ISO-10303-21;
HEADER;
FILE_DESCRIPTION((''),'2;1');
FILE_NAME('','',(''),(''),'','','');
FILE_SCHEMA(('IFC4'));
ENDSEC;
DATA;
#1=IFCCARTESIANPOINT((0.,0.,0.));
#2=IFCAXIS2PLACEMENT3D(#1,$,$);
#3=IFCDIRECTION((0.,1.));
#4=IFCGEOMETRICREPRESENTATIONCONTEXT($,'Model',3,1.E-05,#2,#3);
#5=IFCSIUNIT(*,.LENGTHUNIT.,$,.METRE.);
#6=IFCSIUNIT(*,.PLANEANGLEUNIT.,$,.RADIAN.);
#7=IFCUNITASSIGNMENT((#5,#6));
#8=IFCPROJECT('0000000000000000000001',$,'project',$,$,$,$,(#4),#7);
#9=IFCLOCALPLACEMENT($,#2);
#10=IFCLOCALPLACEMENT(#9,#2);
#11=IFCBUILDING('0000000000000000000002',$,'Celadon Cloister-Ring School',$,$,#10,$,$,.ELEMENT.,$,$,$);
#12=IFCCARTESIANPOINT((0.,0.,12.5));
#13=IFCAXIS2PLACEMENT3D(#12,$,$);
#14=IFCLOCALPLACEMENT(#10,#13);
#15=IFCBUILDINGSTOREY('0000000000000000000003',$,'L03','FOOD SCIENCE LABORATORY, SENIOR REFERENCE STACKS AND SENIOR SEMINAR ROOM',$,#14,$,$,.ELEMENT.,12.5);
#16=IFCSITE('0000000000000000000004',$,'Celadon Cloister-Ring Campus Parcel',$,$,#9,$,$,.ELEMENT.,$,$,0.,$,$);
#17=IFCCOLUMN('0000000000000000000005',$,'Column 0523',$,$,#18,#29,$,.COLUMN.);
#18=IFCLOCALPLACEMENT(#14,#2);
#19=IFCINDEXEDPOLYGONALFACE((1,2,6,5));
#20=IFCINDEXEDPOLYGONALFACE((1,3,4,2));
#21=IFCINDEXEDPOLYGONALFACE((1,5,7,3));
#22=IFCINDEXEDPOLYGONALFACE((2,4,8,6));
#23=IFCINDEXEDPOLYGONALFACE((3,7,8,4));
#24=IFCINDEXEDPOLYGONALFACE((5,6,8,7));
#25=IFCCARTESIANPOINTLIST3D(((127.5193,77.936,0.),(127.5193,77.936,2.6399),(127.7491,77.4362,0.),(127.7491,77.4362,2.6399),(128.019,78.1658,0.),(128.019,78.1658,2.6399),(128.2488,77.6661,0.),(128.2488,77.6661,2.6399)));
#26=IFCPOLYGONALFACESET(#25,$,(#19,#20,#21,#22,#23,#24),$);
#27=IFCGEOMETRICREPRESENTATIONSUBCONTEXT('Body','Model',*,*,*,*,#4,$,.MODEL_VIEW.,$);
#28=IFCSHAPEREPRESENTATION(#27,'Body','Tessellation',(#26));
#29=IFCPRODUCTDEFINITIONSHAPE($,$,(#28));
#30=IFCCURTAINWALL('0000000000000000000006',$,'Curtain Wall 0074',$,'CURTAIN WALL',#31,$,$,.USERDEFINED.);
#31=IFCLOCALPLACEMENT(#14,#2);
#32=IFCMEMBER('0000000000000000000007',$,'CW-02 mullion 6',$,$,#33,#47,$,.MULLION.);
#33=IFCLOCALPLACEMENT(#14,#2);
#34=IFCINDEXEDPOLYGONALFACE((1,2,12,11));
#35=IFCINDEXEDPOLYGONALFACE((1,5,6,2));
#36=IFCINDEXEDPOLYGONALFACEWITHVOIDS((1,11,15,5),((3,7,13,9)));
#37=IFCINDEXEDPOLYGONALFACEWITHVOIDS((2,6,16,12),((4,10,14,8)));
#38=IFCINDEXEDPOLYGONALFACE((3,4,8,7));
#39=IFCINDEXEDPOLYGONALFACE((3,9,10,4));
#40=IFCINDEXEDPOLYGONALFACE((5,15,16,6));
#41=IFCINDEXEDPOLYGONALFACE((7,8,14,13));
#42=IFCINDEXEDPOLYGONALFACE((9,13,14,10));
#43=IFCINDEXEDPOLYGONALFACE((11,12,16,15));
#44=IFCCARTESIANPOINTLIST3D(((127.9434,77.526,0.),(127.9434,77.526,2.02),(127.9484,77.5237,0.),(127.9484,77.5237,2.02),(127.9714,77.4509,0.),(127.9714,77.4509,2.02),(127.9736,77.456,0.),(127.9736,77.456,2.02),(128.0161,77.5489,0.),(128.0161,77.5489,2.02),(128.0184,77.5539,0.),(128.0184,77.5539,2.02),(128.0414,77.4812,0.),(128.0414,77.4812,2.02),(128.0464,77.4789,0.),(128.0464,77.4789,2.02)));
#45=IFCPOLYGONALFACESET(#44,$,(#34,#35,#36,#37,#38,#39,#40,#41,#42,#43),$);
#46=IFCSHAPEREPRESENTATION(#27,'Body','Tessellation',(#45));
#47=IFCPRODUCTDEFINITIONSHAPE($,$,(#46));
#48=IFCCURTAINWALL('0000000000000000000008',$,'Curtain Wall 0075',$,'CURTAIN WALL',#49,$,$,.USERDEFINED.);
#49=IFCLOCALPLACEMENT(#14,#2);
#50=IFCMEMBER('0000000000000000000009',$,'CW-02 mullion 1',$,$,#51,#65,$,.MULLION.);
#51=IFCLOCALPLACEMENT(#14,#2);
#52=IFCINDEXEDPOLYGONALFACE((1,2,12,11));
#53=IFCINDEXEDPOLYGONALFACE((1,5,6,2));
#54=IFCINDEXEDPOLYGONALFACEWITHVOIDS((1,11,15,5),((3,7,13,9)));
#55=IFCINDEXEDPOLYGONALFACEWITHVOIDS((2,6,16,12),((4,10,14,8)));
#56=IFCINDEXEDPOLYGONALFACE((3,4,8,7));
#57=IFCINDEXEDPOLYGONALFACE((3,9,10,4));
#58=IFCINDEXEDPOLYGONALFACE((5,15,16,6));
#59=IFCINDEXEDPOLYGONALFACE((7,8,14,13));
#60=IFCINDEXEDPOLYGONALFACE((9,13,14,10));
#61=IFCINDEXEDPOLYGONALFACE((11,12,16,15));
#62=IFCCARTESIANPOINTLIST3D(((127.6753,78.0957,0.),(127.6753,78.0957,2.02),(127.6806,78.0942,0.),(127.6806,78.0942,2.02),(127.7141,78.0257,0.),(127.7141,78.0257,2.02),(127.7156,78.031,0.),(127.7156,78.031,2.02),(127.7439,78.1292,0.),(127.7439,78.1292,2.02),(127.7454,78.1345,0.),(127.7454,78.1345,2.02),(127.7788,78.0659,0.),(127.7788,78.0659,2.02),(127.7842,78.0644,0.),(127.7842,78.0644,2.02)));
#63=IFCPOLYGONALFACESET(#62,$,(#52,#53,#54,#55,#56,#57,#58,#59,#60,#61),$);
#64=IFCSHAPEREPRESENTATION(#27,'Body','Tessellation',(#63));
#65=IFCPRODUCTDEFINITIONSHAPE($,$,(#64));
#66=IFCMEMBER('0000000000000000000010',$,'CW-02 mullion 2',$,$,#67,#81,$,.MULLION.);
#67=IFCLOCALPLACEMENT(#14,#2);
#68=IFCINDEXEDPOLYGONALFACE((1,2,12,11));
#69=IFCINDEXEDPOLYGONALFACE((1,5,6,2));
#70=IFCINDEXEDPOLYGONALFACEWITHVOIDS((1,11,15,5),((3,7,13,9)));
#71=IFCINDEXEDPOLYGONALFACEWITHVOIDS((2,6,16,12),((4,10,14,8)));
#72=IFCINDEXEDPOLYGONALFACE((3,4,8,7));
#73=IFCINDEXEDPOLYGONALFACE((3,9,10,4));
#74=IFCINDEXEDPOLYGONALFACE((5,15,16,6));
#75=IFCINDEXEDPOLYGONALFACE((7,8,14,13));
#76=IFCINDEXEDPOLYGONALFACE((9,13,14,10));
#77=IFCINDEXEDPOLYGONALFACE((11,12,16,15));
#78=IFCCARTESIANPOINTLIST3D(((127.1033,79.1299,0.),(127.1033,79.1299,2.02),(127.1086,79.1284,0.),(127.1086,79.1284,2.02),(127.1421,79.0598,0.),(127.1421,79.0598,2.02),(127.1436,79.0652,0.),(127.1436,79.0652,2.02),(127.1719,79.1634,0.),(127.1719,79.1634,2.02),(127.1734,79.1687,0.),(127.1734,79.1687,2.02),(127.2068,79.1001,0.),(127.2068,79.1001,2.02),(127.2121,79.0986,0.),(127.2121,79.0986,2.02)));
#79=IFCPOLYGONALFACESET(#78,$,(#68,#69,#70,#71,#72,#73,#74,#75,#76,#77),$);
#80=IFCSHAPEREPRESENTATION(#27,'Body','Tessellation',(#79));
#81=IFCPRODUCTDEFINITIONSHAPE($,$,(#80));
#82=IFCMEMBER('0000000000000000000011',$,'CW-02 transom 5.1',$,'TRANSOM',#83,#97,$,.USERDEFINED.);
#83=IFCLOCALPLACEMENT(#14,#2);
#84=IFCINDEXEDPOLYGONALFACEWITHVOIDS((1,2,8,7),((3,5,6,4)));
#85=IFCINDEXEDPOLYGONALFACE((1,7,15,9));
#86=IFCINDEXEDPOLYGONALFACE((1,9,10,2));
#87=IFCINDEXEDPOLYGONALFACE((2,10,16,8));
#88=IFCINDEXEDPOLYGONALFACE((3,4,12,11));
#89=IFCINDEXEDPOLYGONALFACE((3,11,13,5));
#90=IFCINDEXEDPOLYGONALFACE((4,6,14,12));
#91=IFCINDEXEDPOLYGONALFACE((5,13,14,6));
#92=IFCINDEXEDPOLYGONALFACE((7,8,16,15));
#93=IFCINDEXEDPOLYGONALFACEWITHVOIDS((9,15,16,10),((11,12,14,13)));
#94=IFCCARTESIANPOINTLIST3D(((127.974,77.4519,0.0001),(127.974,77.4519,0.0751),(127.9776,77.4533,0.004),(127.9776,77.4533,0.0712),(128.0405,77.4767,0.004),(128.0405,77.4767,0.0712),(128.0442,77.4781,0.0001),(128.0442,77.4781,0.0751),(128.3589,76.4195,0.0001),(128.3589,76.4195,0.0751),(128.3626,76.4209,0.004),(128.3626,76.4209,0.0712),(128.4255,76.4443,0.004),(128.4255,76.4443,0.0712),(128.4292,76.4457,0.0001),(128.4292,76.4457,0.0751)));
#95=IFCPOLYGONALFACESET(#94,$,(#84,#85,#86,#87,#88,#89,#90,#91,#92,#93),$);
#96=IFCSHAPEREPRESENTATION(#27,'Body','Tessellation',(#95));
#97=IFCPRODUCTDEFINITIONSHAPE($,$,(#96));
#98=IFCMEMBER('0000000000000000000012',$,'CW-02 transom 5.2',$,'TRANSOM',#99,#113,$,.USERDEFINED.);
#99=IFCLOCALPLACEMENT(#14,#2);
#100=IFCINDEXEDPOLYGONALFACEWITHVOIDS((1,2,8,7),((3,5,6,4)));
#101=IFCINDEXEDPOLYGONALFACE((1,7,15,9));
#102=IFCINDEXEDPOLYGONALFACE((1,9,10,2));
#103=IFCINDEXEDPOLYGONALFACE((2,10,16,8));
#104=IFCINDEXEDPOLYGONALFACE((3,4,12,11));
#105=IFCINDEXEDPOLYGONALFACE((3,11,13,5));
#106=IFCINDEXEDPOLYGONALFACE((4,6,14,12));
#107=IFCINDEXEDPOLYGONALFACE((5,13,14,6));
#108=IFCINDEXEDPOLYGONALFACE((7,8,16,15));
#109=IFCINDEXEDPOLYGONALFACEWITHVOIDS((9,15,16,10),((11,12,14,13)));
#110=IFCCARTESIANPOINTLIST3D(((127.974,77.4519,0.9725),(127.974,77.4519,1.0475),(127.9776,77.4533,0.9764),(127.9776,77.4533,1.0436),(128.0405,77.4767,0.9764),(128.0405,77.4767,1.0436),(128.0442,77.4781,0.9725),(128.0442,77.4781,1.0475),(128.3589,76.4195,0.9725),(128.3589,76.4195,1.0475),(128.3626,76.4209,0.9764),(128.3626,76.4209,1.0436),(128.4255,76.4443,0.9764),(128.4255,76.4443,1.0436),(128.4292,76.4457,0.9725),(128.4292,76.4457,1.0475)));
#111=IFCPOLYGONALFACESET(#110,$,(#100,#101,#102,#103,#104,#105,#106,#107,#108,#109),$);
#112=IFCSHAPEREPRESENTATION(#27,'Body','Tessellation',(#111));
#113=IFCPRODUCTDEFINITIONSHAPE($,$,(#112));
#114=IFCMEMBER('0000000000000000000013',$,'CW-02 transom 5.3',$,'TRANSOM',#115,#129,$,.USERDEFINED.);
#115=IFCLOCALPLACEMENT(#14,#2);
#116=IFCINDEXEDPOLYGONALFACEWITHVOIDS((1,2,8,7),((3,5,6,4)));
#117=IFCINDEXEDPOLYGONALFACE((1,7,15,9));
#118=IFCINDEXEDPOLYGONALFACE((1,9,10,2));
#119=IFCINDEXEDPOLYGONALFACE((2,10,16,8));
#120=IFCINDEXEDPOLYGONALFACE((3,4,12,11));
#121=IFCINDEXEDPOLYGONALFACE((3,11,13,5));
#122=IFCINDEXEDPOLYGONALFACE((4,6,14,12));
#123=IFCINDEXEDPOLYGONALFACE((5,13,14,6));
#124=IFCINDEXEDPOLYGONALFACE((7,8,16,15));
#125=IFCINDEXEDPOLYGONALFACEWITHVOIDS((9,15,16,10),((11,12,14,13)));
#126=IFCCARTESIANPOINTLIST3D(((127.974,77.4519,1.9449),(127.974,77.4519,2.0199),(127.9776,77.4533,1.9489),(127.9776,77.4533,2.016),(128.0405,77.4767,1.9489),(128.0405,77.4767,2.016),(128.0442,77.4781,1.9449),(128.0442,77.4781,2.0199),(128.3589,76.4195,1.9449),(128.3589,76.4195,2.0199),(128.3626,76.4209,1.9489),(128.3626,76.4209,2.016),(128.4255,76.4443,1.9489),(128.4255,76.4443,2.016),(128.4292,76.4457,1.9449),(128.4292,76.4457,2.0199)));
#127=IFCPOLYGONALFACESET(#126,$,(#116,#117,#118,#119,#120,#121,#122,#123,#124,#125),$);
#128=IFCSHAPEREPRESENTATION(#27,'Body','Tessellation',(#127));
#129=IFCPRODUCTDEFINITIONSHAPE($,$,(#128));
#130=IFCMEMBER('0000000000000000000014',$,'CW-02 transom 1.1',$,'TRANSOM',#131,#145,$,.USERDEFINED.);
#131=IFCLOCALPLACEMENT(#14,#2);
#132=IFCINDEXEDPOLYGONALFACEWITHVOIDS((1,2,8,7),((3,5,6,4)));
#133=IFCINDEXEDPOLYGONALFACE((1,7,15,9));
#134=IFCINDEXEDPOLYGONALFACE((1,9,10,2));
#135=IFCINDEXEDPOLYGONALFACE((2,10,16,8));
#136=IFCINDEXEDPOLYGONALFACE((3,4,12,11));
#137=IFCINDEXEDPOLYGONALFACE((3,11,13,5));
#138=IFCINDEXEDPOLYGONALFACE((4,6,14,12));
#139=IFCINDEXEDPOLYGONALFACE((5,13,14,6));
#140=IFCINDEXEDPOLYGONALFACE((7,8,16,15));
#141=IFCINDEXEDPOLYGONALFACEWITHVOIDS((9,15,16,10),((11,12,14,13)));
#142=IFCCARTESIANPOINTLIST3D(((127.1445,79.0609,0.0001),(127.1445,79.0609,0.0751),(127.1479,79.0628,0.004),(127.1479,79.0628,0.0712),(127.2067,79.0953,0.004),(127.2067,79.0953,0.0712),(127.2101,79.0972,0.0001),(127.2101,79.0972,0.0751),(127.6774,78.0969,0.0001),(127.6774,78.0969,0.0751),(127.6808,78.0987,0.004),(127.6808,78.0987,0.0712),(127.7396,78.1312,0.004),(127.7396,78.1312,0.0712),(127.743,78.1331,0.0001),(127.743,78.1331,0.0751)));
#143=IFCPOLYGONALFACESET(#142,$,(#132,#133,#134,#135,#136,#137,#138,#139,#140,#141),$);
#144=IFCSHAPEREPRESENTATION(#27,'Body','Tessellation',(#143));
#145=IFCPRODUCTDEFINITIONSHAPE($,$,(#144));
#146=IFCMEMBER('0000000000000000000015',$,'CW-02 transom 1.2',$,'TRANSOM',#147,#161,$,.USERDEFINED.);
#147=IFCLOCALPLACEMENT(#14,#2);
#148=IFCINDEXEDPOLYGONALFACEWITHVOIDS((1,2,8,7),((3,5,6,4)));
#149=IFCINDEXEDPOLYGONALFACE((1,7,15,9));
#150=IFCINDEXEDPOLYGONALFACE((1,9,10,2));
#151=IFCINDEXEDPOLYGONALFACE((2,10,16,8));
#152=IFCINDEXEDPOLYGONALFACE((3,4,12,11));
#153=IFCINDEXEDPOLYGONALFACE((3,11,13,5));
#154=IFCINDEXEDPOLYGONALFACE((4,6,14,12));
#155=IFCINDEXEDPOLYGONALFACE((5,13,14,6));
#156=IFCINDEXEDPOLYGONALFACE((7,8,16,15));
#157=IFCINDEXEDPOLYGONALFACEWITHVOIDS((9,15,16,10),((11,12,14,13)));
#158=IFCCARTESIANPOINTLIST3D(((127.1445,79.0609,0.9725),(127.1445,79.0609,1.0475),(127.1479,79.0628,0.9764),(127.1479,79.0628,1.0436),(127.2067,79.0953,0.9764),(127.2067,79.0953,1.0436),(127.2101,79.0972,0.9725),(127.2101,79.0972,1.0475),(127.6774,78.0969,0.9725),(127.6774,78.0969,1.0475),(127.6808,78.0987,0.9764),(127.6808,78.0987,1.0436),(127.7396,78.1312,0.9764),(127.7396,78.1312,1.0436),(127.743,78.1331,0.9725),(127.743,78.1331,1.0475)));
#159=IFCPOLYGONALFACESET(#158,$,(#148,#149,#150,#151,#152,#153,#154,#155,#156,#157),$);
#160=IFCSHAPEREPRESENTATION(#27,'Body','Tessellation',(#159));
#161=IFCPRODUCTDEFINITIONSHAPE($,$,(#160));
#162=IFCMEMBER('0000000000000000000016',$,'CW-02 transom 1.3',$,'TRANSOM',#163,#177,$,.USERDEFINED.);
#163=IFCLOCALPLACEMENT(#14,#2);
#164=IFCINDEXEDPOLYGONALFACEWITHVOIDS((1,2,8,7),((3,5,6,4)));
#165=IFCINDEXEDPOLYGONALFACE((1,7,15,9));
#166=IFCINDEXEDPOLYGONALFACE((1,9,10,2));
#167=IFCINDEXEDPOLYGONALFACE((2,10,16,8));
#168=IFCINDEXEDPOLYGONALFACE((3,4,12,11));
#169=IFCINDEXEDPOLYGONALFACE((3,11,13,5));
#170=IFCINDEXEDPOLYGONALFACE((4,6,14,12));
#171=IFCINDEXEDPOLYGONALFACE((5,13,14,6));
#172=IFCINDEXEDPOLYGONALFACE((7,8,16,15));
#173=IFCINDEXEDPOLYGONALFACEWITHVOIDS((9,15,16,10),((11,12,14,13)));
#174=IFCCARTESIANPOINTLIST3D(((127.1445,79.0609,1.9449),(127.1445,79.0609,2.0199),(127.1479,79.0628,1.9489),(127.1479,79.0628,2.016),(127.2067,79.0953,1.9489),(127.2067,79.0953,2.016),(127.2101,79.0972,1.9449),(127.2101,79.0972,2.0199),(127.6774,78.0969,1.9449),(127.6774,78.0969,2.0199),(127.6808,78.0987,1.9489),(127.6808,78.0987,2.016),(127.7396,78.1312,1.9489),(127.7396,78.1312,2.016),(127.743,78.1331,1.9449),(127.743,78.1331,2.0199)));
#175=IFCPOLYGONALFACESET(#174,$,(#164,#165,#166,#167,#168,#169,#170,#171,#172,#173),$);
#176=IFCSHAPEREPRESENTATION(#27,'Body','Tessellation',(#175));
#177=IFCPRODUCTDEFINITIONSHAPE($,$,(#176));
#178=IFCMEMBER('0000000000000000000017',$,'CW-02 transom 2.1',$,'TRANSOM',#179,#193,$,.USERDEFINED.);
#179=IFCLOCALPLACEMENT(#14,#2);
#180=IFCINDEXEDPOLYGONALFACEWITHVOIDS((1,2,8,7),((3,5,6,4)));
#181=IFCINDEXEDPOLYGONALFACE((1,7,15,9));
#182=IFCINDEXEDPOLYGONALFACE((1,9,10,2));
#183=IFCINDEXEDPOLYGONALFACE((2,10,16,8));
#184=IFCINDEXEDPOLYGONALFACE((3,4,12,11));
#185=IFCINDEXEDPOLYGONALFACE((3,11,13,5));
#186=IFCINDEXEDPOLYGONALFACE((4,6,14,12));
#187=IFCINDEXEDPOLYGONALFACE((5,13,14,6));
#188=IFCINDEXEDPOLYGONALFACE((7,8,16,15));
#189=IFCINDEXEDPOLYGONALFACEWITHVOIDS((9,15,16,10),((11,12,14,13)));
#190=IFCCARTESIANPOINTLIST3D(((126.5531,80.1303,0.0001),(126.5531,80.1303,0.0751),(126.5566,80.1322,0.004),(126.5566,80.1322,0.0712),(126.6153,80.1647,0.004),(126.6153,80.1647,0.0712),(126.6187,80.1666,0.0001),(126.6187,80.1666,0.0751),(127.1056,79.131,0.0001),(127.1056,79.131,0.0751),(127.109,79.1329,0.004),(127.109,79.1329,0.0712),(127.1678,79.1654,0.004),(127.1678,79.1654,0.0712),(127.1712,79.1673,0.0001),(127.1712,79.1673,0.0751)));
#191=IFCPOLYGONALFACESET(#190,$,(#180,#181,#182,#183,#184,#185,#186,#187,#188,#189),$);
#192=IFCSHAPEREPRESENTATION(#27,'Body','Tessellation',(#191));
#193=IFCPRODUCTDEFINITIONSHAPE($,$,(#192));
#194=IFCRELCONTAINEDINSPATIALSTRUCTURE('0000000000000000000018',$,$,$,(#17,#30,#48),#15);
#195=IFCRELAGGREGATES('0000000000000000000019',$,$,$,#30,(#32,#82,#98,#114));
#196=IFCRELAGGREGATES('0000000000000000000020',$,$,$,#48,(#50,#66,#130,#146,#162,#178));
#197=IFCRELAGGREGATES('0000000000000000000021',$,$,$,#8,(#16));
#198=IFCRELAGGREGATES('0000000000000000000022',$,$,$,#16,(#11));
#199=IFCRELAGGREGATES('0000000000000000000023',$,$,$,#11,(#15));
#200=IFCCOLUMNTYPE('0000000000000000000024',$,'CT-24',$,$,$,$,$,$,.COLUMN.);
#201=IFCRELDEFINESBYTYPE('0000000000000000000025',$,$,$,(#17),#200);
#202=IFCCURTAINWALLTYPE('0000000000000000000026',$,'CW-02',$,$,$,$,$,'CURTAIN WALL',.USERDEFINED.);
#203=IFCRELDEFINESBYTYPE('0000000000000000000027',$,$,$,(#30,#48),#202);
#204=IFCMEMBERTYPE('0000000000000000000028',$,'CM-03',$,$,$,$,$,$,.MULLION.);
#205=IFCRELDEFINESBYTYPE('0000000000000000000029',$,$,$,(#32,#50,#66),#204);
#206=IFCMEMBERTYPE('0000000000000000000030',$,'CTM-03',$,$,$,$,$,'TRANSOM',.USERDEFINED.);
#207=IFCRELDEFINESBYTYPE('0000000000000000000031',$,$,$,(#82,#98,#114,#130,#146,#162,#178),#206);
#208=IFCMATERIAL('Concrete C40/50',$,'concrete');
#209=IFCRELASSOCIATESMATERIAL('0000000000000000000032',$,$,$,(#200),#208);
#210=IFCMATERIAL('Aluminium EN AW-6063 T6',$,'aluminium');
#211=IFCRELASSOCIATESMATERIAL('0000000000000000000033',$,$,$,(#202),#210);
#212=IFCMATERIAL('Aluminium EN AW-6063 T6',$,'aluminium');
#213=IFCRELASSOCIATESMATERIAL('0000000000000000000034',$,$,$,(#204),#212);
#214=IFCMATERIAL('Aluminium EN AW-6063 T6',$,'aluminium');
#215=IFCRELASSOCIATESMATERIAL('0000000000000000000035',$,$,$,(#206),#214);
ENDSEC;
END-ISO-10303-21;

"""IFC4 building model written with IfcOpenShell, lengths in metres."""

from ifc_helpers import new_model, si_unit, direction, frame, origin, origin_2d, place, context, subcontext, project, spatial, rectangle, hollow_rectangle, extrude, material, material_profile, profile_set, type_object, element, aggregate, save


model = new_model("IFC4")

# Units and contexts
model_context = context("Model", 3, precision=1e-05, world=origin(), true_north=direction((0.0, 1.0)))
body_context = subcontext(model_context, "Body", "Model", "MODEL_VIEW")
ifc_project = project(units=[si_unit("LENGTHUNIT", "METRE"), si_unit("PLANEANGLEUNIT", "RADIAN")], contexts=[model_context])

# Site, building, storey
site_placement = place(None, origin())
site = spatial("IfcSite", under=ifc_project, at=site_placement, Name="Celadon Cloister-Ring Campus Parcel", CompositionType="ELEMENT", RefElevation=0.0)
building_placement = place(site_placement, origin())
building = spatial("IfcBuilding", under=site, at=building_placement, Name="Celadon Cloister-Ring School", CompositionType="ELEMENT")
storey_placement = place(building_placement, frame((0.0, 0.0, 12.5)))
storey = spatial("IfcBuildingStorey", under=building, at=storey_placement, Name="L03", Description="FOOD SCIENCE LABORATORY, SENIOR REFERENCE STACKS AND SENIOR SEMINAR ROOM", CompositionType="ELEMENT", Elevation=12.5)

# Column
ifc_material_1 = material(Name="Concrete C40/50", Category="concrete")
ifc_material_profile_1 = material_profile(ifc_material_1, rectangle(XDim=0.55, YDim=0.55, at=origin_2d()), Name="RC550X550")
ifc_profile_set_1 = profile_set([ifc_material_profile_1], Name="Concrete C40/50")
column_type = type_object("IfcColumnType", Name="CT-24", PredefinedType="COLUMN", material=ifc_profile_set_1)
column_placement = place(storey_placement, frame((127.884, 77.801, 0.0), z_axis=(0.0, 0.0, 1.0), x_axis=(0.908537, 0.417804, 0.0)))
element("IfcColumn", 1, at=column_placement, inside=storey, type_object=column_type, Name="Column 0523", PredefinedType="COLUMN", context=body_context, shape_type="SweptSolid", body=[
    extrude(rectangle(XDim=0.55, YDim=0.55, at=origin_2d()), origin(), (0.0, 0.0, 1.0), 2.6399),
])

# Curtain wall, member
ifc_material_2 = material(Name="Aluminium EN AW-6063 T6", Category="aluminium")
curtain_wall_type = type_object("IfcCurtainWallType", Name="CW-02", ElementType="CURTAIN WALL", PredefinedType="USERDEFINED", material=ifc_material_2)
curtain_wall_1_placement = place(storey_placement, origin())
curtain_wall_1 = element("IfcCurtainWall", 2, at=curtain_wall_1_placement, inside=storey, type_object=curtain_wall_type, Name="Curtain Wall 0074", ObjectType="CURTAIN WALL", PredefinedType="USERDEFINED")
ifc_material_3 = material(Name="Aluminium EN AW-6063 T6", Category="aluminium")
ifc_material_profile_2 = material_profile(ifc_material_3, hollow_rectangle(XDim=0.0801, YDim=0.0801, WallThickness=0.0039, at=origin_2d()), Name="RHS80X80X4")
ifc_profile_set_2 = profile_set([ifc_material_profile_2], Name="Aluminium EN AW-6063 T6")
member_type_1 = type_object("IfcMemberType", Name="CM-03", PredefinedType="MULLION", material=ifc_profile_set_2)
member_1_placement = place(storey_placement, frame((127.9949, 77.5024, 0.0), z_axis=(0.0, 0.0, 1.0), x_axis=(-0.936947, -0.349473, 0.0)))
member_1 = element("IfcMember", 3, at=member_1_placement, type_object=member_type_1, Name="CW-02 mullion 6", PredefinedType="MULLION", context=body_context, shape_type="SweptSolid", body=[
    extrude(hollow_rectangle(XDim=0.0801, YDim=0.0801, WallThickness=0.0039, at=origin_2d()), origin(), (0.0, 0.0, 1.0), 2.02),
])

# Curtain wall, members
curtain_wall_2_placement = place(storey_placement, origin())
curtain_wall_2 = element("IfcCurtainWall", 4, at=curtain_wall_2_placement, inside=storey, type_object=curtain_wall_type, Name="Curtain Wall 0075", ObjectType="CURTAIN WALL", PredefinedType="USERDEFINED")
member_2_placement = place(storey_placement, frame((127.7297, 78.0801, 0.0), z_axis=(0.0, 0.0, 1.0), x_axis=(-0.875128, -0.483891, 0.0)))
member_2 = element("IfcMember", 5, at=member_2_placement, type_object=member_type_1, Name="CW-02 mullion 1", PredefinedType="MULLION", context=body_context, shape_type="SweptSolid", body=[
    extrude(hollow_rectangle(XDim=0.0801, YDim=0.0801, WallThickness=0.0039, at=origin_2d()), origin(), (0.0, 0.0, 1.0), 2.02),
])
member_3_placement = place(storey_placement, frame((127.1577, 79.1143, 0.0), z_axis=(0.0, 0.0, 1.0), x_axis=(-0.875128, -0.483891, 0.0)))
member_3 = element("IfcMember", 6, at=member_3_placement, type_object=member_type_1, Name="CW-02 mullion 2", PredefinedType="MULLION", context=body_context, shape_type="SweptSolid", body=[
    extrude(hollow_rectangle(XDim=0.0801, YDim=0.0801, WallThickness=0.0039, at=origin_2d()), origin(), (0.0, 0.0, 1.0), 2.02),
])

# Members
ifc_material_4 = material(Name="Aluminium EN AW-6063 T6", Category="aluminium")
ifc_material_profile_3 = material_profile(ifc_material_4, hollow_rectangle(XDim=0.075, YDim=0.075, WallThickness=0.0039, at=origin_2d()), Name="RHS75X75X4")
ifc_profile_set_3 = profile_set([ifc_material_profile_3], Name="Aluminium EN AW-6063 T6")
member_type_2 = type_object("IfcMemberType", Name="CTM-03", ElementType="TRANSOM", PredefinedType="USERDEFINED", material=ifc_profile_set_3)
member_4_placement = place(storey_placement, frame((128.394, 76.4326, 0.0376), z_axis=(-0.349399, 0.936974, 0.0), x_axis=(-0.936974, -0.349399, 0.0)))
member_4 = element("IfcMember", 7, at=member_4_placement, type_object=member_type_2, Name="CW-02 transom 5.1", ObjectType="TRANSOM", PredefinedType="USERDEFINED", context=body_context, shape_type="SweptSolid", body=[
    extrude(hollow_rectangle(XDim=0.075, YDim=0.075, WallThickness=0.0039, at=origin_2d()), origin(), (0.0, 0.0, 1.0), 1.1018),
])
member_5_placement = place(storey_placement, frame((128.394, 76.4326, 1.01), z_axis=(-0.349399, 0.936974, 0.0), x_axis=(-0.936974, -0.349399, 0.0)))
member_5 = element("IfcMember", 8, at=member_5_placement, type_object=member_type_2, Name="CW-02 transom 5.2", ObjectType="TRANSOM", PredefinedType="USERDEFINED", context=body_context, shape_type="SweptSolid", body=[
    extrude(hollow_rectangle(XDim=0.075, YDim=0.075, WallThickness=0.0039, at=origin_2d()), origin(), (0.0, 0.0, 1.0), 1.1018),
])
member_6_placement = place(storey_placement, frame((128.394, 76.4326, 1.9824), z_axis=(-0.349399, 0.936974, 0.0), x_axis=(-0.936974, -0.349399, 0.0)))
member_6 = element("IfcMember", 9, at=member_6_placement, type_object=member_type_2, Name="CW-02 transom 5.3", ObjectType="TRANSOM", PredefinedType="USERDEFINED", context=body_context, shape_type="SweptSolid", body=[
    extrude(hollow_rectangle(XDim=0.075, YDim=0.075, WallThickness=0.0039, at=origin_2d()), origin(), (0.0, 0.0, 1.0), 1.1018),
])
member_7_placement = place(storey_placement, frame((127.7102, 78.115, 0.0376), z_axis=(-0.483798, 0.87518, 0.0), x_axis=(-0.87518, -0.483798, 0.0)))
member_7 = element("IfcMember", 10, at=member_7_placement, type_object=member_type_2, Name="CW-02 transom 1.1", ObjectType="TRANSOM", PredefinedType="USERDEFINED", context=body_context, shape_type="SweptSolid", body=[
    extrude(hollow_rectangle(XDim=0.075, YDim=0.075, WallThickness=0.0039, at=origin_2d()), origin(), (0.0, 0.0, 1.0), 1.1016),
])
member_8_placement = place(storey_placement, frame((127.7102, 78.115, 1.01), z_axis=(-0.483798, 0.87518, 0.0), x_axis=(-0.87518, -0.483798, 0.0)))
member_8 = element("IfcMember", 11, at=member_8_placement, type_object=member_type_2, Name="CW-02 transom 1.2", ObjectType="TRANSOM", PredefinedType="USERDEFINED", context=body_context, shape_type="SweptSolid", body=[
    extrude(hollow_rectangle(XDim=0.075, YDim=0.075, WallThickness=0.0039, at=origin_2d()), origin(), (0.0, 0.0, 1.0), 1.1016),
])
member_9_placement = place(storey_placement, frame((127.7102, 78.115, 1.9824), z_axis=(-0.483798, 0.87518, 0.0), x_axis=(-0.87518, -0.483798, 0.0)))
member_9 = element("IfcMember", 12, at=member_9_placement, type_object=member_type_2, Name="CW-02 transom 1.3", ObjectType="TRANSOM", PredefinedType="USERDEFINED", context=body_context, shape_type="SweptSolid", body=[
    extrude(hollow_rectangle(XDim=0.075, YDim=0.075, WallThickness=0.0039, at=origin_2d()), origin(), (0.0, 0.0, 1.0), 1.1016),
])
member_10_placement = place(storey_placement, frame((127.1384, 79.1492, 0.0376), z_axis=(-0.483863, 0.875144, 0.0), x_axis=(-0.875144, -0.483863, 0.0)))
member_10 = element("IfcMember", 13, at=member_10_placement, type_object=member_type_2, Name="CW-02 transom 2.1", ObjectType="TRANSOM", PredefinedType="USERDEFINED", context=body_context, shape_type="SweptSolid", body=[
    extrude(hollow_rectangle(XDim=0.075, YDim=0.075, WallThickness=0.0039, at=origin_2d()), origin(), (0.0, 0.0, 1.0), 1.1418),
])

aggregate(curtain_wall_1, [member_1, member_4, member_5, member_6])
aggregate(curtain_wall_2, [member_2, member_3, member_7, member_8, member_9, member_10])

save(model, "model.ifc")
